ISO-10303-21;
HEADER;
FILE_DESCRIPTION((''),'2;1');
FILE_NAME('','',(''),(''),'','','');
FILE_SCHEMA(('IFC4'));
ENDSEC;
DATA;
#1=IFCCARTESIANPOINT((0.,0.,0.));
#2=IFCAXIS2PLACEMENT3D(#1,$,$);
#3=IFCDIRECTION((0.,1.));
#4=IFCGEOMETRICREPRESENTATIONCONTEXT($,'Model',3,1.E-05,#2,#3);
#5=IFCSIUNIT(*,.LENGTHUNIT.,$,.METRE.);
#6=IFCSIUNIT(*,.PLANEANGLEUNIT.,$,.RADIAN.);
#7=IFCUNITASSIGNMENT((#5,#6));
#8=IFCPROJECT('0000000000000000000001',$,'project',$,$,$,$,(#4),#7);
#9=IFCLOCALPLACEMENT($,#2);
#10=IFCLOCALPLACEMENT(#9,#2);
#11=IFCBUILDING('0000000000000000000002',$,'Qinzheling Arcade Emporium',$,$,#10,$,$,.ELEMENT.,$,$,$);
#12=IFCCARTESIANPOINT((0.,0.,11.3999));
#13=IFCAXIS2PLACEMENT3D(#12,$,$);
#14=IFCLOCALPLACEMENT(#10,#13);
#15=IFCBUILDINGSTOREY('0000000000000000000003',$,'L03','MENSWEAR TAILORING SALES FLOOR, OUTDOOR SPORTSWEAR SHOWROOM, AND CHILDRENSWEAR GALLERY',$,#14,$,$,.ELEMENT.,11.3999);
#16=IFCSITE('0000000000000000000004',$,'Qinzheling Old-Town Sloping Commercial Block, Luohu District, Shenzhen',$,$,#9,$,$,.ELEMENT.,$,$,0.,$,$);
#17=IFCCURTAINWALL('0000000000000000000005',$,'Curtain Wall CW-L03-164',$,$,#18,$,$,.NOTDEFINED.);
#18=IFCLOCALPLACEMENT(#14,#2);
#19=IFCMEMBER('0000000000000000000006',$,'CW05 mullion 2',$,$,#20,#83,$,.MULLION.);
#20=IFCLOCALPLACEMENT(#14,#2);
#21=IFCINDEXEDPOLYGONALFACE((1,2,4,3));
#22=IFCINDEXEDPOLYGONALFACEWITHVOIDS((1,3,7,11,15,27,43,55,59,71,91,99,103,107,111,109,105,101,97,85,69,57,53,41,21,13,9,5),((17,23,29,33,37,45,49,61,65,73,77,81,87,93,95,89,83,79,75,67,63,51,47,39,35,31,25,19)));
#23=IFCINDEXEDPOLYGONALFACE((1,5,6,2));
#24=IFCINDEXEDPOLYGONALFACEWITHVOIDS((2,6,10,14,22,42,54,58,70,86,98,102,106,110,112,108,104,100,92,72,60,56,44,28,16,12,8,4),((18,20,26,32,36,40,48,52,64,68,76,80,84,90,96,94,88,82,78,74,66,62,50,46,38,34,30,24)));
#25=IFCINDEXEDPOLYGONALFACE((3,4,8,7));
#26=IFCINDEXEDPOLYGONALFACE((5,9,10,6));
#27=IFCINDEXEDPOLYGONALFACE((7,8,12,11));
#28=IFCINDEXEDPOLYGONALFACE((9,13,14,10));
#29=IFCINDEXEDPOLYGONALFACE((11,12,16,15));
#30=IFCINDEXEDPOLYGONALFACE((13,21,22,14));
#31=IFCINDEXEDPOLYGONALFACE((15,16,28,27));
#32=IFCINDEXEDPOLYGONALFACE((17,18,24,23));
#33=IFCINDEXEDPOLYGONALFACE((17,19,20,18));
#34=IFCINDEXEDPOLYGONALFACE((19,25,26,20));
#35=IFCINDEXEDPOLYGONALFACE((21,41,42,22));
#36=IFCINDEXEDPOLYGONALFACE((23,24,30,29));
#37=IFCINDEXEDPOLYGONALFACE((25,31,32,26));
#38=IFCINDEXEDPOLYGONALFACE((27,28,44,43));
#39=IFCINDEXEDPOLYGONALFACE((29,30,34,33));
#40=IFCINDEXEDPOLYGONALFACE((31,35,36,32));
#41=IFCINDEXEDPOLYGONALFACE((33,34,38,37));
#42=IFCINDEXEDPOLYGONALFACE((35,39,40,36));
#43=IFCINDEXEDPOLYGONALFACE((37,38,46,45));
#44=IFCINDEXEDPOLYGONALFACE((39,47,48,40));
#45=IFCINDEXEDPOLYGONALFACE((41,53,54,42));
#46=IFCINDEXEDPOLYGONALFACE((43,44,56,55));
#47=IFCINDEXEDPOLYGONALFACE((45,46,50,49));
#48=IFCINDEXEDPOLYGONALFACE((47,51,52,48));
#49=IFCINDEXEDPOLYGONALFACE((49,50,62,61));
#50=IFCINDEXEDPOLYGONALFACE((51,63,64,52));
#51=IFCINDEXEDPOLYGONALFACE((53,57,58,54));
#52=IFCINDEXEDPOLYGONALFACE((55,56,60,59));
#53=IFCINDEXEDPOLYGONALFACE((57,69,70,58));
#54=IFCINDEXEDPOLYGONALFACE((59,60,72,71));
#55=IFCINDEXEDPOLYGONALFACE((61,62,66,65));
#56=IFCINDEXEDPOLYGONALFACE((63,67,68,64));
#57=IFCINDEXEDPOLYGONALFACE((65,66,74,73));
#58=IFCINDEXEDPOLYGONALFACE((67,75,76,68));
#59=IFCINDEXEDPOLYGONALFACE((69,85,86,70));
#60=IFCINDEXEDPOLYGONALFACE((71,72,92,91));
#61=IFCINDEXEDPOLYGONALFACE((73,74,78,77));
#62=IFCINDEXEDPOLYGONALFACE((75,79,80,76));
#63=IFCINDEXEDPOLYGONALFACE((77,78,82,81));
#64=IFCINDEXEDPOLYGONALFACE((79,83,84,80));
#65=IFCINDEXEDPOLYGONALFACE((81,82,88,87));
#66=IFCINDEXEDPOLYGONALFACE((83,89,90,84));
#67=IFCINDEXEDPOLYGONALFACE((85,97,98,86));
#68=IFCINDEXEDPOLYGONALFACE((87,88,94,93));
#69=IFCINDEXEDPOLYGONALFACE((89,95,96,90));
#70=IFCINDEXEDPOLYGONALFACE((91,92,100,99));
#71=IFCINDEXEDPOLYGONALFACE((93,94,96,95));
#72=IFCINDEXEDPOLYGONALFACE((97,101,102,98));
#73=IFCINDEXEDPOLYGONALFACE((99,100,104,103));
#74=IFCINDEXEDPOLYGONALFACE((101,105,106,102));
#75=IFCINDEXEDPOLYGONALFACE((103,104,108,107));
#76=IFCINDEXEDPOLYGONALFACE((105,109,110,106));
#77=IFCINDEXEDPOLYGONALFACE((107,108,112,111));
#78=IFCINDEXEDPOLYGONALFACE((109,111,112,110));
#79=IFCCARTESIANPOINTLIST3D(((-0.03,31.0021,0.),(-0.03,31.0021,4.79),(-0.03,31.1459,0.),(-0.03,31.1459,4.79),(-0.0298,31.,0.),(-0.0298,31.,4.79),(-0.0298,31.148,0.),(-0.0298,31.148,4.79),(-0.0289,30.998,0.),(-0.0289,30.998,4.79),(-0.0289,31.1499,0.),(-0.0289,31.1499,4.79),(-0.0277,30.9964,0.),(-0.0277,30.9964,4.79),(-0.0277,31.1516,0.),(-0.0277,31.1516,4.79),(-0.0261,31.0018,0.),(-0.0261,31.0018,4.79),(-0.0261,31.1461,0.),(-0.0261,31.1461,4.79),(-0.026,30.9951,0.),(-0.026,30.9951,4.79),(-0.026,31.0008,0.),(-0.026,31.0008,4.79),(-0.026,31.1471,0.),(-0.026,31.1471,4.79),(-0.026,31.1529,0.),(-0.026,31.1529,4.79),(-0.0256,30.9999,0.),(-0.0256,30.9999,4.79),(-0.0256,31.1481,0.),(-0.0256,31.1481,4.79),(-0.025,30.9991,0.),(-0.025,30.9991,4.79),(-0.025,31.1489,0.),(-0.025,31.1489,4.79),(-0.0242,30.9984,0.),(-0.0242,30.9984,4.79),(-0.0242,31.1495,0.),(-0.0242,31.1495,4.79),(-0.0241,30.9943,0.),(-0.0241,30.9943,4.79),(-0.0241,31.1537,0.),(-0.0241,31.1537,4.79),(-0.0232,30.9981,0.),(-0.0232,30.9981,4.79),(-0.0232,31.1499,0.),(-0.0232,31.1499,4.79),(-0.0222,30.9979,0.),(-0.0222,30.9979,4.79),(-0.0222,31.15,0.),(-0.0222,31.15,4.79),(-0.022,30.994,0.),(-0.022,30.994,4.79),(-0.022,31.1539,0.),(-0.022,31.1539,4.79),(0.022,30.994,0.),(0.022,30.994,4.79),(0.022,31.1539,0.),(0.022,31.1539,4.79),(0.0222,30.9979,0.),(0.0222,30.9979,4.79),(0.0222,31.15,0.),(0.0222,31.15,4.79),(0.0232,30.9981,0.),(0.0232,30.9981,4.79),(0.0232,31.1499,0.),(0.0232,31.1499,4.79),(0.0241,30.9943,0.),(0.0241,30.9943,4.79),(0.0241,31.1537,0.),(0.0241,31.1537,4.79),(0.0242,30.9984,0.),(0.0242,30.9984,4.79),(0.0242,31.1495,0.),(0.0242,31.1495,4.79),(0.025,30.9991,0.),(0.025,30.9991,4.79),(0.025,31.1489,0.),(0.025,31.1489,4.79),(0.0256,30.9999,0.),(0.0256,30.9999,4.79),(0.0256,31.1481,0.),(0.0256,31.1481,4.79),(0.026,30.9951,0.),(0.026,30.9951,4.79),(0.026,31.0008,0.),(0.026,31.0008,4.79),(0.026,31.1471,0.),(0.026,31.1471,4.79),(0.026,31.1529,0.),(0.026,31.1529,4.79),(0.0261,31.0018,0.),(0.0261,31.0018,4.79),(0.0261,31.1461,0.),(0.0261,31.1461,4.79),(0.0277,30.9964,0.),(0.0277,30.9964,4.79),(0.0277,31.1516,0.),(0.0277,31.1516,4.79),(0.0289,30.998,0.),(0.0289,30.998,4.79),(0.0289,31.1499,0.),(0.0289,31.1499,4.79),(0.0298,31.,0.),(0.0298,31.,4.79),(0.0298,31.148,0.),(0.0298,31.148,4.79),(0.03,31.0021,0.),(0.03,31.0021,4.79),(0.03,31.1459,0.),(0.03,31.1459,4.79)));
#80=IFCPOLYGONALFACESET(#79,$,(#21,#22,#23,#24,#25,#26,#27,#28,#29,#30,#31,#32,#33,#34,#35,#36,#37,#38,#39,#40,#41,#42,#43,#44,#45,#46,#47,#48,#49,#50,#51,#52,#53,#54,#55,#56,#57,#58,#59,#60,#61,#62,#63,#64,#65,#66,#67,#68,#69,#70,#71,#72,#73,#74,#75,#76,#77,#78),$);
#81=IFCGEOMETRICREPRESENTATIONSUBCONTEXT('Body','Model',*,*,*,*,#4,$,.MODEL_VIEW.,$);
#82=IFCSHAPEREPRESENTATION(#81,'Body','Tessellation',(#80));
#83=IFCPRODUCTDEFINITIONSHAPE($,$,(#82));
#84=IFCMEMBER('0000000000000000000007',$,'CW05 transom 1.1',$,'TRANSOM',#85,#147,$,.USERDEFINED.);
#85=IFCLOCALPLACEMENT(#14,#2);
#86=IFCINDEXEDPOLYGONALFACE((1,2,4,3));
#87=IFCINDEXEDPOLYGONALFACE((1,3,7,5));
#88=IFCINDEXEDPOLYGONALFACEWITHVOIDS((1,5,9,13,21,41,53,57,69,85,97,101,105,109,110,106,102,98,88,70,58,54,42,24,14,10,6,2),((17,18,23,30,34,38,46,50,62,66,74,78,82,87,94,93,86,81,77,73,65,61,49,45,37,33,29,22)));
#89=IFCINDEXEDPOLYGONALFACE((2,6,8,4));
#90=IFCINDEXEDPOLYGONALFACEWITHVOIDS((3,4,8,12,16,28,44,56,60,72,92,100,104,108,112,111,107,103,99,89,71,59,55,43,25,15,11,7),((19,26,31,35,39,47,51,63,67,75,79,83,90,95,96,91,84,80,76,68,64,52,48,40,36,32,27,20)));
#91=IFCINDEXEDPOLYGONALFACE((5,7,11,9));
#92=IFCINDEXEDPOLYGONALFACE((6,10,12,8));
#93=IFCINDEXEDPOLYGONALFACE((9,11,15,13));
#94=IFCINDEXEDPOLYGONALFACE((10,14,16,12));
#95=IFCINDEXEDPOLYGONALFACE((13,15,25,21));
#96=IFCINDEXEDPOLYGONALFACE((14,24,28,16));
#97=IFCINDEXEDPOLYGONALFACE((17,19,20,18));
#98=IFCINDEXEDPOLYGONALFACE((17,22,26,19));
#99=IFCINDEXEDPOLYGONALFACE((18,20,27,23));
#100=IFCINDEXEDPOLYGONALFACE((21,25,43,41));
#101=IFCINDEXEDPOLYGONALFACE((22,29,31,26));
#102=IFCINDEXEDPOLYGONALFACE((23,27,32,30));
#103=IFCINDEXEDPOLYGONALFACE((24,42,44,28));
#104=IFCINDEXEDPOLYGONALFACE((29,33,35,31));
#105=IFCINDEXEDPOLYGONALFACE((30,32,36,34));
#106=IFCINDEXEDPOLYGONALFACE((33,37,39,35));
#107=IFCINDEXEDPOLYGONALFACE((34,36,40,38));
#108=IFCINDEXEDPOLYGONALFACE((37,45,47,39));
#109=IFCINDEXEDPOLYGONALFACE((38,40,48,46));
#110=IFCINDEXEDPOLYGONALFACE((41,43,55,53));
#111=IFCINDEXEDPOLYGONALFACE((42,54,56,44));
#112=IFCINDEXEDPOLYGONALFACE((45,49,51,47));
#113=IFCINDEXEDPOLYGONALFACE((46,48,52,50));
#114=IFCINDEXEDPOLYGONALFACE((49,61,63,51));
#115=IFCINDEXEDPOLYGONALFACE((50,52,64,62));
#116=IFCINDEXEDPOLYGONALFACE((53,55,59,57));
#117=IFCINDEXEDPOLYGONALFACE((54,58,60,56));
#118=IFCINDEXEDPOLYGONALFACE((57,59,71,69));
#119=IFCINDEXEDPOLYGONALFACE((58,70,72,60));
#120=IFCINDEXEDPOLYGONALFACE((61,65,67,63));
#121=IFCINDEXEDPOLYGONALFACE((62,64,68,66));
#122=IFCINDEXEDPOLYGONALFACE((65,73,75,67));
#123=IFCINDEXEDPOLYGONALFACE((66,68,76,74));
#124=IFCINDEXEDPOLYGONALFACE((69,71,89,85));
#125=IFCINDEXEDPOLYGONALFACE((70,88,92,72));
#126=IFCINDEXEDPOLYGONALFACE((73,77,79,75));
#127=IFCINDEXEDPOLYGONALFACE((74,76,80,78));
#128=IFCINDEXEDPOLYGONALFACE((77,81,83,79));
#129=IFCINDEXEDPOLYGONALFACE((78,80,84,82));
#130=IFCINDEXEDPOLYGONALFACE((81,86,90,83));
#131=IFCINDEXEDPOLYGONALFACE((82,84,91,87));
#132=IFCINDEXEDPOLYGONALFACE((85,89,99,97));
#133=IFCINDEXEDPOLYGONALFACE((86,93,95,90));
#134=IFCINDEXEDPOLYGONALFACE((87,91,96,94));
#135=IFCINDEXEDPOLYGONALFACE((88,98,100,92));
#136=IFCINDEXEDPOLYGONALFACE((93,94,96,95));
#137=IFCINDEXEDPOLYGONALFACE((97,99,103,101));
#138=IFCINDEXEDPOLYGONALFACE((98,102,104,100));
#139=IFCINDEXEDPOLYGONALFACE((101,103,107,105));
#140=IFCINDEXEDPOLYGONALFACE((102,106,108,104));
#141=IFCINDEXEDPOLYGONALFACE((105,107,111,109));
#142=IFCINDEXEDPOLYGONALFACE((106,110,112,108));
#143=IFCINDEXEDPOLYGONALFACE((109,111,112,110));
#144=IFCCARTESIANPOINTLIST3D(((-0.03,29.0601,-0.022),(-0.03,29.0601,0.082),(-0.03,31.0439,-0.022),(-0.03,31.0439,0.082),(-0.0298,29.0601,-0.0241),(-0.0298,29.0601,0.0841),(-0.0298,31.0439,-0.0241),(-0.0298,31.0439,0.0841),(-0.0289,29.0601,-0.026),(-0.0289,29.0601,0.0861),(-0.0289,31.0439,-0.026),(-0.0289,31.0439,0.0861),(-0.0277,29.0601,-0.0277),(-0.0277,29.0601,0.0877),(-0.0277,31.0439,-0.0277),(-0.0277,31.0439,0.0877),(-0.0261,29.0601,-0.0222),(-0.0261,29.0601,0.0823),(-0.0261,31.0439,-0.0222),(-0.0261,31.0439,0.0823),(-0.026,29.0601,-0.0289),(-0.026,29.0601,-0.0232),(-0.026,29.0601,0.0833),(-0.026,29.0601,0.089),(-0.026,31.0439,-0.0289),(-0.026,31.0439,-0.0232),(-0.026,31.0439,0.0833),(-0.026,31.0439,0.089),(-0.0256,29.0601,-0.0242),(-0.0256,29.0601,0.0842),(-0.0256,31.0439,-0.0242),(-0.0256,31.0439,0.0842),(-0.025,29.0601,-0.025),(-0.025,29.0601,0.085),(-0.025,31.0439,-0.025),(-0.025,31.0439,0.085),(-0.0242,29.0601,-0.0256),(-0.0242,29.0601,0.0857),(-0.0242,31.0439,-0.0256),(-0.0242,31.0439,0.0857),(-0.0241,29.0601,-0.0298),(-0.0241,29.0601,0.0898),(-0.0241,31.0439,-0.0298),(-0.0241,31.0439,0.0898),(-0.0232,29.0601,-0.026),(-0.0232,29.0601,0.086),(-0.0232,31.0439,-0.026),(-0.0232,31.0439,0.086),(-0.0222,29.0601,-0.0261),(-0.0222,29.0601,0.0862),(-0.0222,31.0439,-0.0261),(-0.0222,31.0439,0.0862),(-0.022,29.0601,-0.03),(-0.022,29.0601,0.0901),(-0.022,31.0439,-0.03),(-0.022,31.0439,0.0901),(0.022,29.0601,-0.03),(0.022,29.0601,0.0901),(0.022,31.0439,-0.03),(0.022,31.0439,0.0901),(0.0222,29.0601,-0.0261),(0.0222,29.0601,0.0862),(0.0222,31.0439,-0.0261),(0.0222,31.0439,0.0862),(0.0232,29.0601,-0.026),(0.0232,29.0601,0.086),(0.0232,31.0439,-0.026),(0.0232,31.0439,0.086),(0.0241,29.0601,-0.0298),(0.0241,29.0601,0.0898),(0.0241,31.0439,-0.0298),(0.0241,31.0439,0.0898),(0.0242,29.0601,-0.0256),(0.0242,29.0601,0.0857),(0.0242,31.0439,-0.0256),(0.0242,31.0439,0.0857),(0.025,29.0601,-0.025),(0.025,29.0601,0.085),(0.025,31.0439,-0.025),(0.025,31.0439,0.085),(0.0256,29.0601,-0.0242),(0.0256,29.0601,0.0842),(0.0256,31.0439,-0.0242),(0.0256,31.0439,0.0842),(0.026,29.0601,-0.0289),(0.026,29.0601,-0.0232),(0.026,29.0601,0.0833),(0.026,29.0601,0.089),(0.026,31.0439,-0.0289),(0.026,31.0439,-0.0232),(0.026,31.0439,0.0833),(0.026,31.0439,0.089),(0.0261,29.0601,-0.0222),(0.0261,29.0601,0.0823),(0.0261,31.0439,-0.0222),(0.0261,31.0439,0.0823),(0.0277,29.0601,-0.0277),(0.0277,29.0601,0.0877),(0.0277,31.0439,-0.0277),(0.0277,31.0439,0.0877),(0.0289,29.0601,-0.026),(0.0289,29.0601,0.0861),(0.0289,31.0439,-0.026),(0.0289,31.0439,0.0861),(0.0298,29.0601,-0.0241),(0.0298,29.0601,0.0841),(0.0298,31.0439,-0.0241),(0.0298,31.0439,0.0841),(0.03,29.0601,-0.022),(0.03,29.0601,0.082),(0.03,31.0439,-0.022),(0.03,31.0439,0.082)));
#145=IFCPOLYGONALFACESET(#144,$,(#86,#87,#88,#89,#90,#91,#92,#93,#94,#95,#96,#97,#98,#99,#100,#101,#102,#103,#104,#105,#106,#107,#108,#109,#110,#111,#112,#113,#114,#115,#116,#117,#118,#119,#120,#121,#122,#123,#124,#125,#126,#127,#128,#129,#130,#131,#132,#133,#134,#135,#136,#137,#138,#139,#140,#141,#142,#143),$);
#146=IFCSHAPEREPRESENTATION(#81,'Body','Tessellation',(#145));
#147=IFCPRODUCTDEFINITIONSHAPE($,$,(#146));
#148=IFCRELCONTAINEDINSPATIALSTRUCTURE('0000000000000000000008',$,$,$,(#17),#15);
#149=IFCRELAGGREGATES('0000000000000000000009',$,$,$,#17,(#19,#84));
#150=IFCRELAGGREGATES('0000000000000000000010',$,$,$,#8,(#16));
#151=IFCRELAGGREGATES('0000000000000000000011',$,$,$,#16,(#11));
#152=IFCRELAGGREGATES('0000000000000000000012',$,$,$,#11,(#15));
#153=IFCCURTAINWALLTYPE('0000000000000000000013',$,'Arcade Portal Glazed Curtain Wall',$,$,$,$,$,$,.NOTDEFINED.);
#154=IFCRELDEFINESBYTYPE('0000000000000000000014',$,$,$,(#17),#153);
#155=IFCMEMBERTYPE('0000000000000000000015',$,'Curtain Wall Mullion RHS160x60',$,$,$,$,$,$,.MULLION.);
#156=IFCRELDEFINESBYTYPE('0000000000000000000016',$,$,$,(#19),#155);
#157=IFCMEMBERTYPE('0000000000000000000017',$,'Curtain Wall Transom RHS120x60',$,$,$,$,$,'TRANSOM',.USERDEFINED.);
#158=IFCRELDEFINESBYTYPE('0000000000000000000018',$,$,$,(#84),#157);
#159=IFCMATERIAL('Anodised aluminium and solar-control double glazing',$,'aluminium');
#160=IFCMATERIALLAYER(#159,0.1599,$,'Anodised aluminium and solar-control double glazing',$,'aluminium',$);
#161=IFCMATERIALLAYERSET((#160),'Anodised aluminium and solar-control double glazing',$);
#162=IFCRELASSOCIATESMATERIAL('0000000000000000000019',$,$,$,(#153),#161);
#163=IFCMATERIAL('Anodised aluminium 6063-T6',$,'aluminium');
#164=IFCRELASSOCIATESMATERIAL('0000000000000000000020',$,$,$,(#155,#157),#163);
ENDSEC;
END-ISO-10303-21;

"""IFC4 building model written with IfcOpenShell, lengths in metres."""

from ifc_helpers import new_model, si_unit, direction, frame, origin, origin_2d, place, context, subcontext, project, spatial, hollow_rectangle, extrude, material, layer, layer_set, material_profile, profile_set, type_object, element, aggregate, save


model = new_model("IFC4")

# Units and contexts
model_context = context("Model", 3, precision=1e-05, world=origin(), true_north=direction((0.0, 1.0)))
body_context = subcontext(model_context, "Body", "Model", "MODEL_VIEW")
ifc_project = project(units=[si_unit("LENGTHUNIT", "METRE"), si_unit("PLANEANGLEUNIT", "RADIAN")], contexts=[model_context])

# Site, building, storey
site_placement = place(None, origin())
site = spatial("IfcSite", under=ifc_project, at=site_placement, Name="Qinzheling Old-Town Sloping Commercial Block, Luohu District, Shenzhen", CompositionType="ELEMENT", RefElevation=0.0)
building_placement = place(site_placement, origin())
building = spatial("IfcBuilding", under=site, at=building_placement, Name="Qinzheling Arcade Emporium", CompositionType="ELEMENT")
storey_placement = place(building_placement, frame((0.0, 0.0, 11.3999)))
storey = spatial("IfcBuildingStorey", under=building, at=storey_placement, Name="L03", Description="MENSWEAR TAILORING SALES FLOOR, OUTDOOR SPORTSWEAR SHOWROOM, AND CHILDRENSWEAR GALLERY", CompositionType="ELEMENT", Elevation=11.3999)

# Shared definitions
ifc_material_1 = material(Name="Anodised aluminium and solar-control double glazing", Category="aluminium")
ifc_layer_1 = layer(ifc_material_1, 0.1599, Name="Anodised aluminium and solar-control double glazing", Category="aluminium")
ifc_layer_set_1 = layer_set([ifc_layer_1], Name="Anodised aluminium and solar-control double glazing")
curtain_wall_type = type_object("IfcCurtainWallType", Name="Arcade Portal Glazed Curtain Wall", PredefinedType="NOTDEFINED", material=ifc_layer_set_1)
ifc_material_2 = material(Name="Anodised aluminium 6063-T6", Category="aluminium")
ifc_material_profile_1 = material_profile(ifc_material_2, hollow_rectangle(XDim=0.0601, YDim=0.1599, WallThickness=0.0039, InnerFilletRadius=0.0039, OuterFilletRadius=0.0081, at=origin_2d()), Name="RHS 160x60x4", Category="aluminium")
ifc_profile_set_1 = profile_set([ifc_material_profile_1], Name="Anodised aluminium 6063-T6")
member_type_1 = type_object("IfcMemberType", Name="Curtain Wall Mullion RHS160x60", PredefinedType="MULLION", material=ifc_profile_set_1)

# Curtain wall, members
curtain_wall_1_placement = place(storey_placement, origin())
curtain_wall_1 = element("IfcCurtainWall", 1, at=curtain_wall_1_placement, inside=storey, type_object=curtain_wall_type, Name="Curtain Wall CW-L03-164", PredefinedType="NOTDEFINED")
member_1_placement = place(storey_placement, frame((0.0, 31.074, 0.0), z_axis=(0.0, 0.0, 1.0), x_axis=(-1.0, 0.0, 0.0)))
member_1 = element("IfcMember", 2, at=member_1_placement, type_object=member_type_1, Name="CW05 mullion 2", PredefinedType="MULLION", context=body_context, shape_type="SweptSolid", body=[
    extrude(hollow_rectangle(XDim=0.0601, YDim=0.1599, WallThickness=0.0039, InnerFilletRadius=0.0039, OuterFilletRadius=0.0081, at=origin_2d()), origin(), (0.0, 0.0, 1.0), 4.79),
])
ifc_material_profile_2 = material_profile(ifc_material_2, hollow_rectangle(XDim=0.0601, YDim=0.1201, WallThickness=0.0039, InnerFilletRadius=0.0039, OuterFilletRadius=0.0081, at=origin_2d()), Name="RHS 120x60x4", Category="aluminium")
ifc_profile_set_2 = profile_set([ifc_material_profile_2], Name="Anodised aluminium 6063-T6")
member_type_2 = type_object("IfcMemberType", Name="Curtain Wall Transom RHS120x60", ElementType="TRANSOM", PredefinedType="USERDEFINED", material=ifc_profile_set_2)
member_2_placement = place(storey_placement, frame((0.0, 29.0601, 0.03), z_axis=(0.0, 1.0, 0.0), x_axis=(-1.0, 0.0, 0.0)))
member_2 = element("IfcMember", 3, at=member_2_placement, type_object=member_type_2, Name="CW05 transom 1.1", ObjectType="TRANSOM", PredefinedType="USERDEFINED", context=body_context, shape_type="SweptSolid", body=[
    extrude(hollow_rectangle(XDim=0.0601, YDim=0.1201, WallThickness=0.0039, InnerFilletRadius=0.0039, OuterFilletRadius=0.0081, at=origin_2d()), origin(), (0.0, 0.0, 1.0), 1.9839),
])

aggregate(curtain_wall_1, [member_1, member_2])

save(model, "model.ifc")
